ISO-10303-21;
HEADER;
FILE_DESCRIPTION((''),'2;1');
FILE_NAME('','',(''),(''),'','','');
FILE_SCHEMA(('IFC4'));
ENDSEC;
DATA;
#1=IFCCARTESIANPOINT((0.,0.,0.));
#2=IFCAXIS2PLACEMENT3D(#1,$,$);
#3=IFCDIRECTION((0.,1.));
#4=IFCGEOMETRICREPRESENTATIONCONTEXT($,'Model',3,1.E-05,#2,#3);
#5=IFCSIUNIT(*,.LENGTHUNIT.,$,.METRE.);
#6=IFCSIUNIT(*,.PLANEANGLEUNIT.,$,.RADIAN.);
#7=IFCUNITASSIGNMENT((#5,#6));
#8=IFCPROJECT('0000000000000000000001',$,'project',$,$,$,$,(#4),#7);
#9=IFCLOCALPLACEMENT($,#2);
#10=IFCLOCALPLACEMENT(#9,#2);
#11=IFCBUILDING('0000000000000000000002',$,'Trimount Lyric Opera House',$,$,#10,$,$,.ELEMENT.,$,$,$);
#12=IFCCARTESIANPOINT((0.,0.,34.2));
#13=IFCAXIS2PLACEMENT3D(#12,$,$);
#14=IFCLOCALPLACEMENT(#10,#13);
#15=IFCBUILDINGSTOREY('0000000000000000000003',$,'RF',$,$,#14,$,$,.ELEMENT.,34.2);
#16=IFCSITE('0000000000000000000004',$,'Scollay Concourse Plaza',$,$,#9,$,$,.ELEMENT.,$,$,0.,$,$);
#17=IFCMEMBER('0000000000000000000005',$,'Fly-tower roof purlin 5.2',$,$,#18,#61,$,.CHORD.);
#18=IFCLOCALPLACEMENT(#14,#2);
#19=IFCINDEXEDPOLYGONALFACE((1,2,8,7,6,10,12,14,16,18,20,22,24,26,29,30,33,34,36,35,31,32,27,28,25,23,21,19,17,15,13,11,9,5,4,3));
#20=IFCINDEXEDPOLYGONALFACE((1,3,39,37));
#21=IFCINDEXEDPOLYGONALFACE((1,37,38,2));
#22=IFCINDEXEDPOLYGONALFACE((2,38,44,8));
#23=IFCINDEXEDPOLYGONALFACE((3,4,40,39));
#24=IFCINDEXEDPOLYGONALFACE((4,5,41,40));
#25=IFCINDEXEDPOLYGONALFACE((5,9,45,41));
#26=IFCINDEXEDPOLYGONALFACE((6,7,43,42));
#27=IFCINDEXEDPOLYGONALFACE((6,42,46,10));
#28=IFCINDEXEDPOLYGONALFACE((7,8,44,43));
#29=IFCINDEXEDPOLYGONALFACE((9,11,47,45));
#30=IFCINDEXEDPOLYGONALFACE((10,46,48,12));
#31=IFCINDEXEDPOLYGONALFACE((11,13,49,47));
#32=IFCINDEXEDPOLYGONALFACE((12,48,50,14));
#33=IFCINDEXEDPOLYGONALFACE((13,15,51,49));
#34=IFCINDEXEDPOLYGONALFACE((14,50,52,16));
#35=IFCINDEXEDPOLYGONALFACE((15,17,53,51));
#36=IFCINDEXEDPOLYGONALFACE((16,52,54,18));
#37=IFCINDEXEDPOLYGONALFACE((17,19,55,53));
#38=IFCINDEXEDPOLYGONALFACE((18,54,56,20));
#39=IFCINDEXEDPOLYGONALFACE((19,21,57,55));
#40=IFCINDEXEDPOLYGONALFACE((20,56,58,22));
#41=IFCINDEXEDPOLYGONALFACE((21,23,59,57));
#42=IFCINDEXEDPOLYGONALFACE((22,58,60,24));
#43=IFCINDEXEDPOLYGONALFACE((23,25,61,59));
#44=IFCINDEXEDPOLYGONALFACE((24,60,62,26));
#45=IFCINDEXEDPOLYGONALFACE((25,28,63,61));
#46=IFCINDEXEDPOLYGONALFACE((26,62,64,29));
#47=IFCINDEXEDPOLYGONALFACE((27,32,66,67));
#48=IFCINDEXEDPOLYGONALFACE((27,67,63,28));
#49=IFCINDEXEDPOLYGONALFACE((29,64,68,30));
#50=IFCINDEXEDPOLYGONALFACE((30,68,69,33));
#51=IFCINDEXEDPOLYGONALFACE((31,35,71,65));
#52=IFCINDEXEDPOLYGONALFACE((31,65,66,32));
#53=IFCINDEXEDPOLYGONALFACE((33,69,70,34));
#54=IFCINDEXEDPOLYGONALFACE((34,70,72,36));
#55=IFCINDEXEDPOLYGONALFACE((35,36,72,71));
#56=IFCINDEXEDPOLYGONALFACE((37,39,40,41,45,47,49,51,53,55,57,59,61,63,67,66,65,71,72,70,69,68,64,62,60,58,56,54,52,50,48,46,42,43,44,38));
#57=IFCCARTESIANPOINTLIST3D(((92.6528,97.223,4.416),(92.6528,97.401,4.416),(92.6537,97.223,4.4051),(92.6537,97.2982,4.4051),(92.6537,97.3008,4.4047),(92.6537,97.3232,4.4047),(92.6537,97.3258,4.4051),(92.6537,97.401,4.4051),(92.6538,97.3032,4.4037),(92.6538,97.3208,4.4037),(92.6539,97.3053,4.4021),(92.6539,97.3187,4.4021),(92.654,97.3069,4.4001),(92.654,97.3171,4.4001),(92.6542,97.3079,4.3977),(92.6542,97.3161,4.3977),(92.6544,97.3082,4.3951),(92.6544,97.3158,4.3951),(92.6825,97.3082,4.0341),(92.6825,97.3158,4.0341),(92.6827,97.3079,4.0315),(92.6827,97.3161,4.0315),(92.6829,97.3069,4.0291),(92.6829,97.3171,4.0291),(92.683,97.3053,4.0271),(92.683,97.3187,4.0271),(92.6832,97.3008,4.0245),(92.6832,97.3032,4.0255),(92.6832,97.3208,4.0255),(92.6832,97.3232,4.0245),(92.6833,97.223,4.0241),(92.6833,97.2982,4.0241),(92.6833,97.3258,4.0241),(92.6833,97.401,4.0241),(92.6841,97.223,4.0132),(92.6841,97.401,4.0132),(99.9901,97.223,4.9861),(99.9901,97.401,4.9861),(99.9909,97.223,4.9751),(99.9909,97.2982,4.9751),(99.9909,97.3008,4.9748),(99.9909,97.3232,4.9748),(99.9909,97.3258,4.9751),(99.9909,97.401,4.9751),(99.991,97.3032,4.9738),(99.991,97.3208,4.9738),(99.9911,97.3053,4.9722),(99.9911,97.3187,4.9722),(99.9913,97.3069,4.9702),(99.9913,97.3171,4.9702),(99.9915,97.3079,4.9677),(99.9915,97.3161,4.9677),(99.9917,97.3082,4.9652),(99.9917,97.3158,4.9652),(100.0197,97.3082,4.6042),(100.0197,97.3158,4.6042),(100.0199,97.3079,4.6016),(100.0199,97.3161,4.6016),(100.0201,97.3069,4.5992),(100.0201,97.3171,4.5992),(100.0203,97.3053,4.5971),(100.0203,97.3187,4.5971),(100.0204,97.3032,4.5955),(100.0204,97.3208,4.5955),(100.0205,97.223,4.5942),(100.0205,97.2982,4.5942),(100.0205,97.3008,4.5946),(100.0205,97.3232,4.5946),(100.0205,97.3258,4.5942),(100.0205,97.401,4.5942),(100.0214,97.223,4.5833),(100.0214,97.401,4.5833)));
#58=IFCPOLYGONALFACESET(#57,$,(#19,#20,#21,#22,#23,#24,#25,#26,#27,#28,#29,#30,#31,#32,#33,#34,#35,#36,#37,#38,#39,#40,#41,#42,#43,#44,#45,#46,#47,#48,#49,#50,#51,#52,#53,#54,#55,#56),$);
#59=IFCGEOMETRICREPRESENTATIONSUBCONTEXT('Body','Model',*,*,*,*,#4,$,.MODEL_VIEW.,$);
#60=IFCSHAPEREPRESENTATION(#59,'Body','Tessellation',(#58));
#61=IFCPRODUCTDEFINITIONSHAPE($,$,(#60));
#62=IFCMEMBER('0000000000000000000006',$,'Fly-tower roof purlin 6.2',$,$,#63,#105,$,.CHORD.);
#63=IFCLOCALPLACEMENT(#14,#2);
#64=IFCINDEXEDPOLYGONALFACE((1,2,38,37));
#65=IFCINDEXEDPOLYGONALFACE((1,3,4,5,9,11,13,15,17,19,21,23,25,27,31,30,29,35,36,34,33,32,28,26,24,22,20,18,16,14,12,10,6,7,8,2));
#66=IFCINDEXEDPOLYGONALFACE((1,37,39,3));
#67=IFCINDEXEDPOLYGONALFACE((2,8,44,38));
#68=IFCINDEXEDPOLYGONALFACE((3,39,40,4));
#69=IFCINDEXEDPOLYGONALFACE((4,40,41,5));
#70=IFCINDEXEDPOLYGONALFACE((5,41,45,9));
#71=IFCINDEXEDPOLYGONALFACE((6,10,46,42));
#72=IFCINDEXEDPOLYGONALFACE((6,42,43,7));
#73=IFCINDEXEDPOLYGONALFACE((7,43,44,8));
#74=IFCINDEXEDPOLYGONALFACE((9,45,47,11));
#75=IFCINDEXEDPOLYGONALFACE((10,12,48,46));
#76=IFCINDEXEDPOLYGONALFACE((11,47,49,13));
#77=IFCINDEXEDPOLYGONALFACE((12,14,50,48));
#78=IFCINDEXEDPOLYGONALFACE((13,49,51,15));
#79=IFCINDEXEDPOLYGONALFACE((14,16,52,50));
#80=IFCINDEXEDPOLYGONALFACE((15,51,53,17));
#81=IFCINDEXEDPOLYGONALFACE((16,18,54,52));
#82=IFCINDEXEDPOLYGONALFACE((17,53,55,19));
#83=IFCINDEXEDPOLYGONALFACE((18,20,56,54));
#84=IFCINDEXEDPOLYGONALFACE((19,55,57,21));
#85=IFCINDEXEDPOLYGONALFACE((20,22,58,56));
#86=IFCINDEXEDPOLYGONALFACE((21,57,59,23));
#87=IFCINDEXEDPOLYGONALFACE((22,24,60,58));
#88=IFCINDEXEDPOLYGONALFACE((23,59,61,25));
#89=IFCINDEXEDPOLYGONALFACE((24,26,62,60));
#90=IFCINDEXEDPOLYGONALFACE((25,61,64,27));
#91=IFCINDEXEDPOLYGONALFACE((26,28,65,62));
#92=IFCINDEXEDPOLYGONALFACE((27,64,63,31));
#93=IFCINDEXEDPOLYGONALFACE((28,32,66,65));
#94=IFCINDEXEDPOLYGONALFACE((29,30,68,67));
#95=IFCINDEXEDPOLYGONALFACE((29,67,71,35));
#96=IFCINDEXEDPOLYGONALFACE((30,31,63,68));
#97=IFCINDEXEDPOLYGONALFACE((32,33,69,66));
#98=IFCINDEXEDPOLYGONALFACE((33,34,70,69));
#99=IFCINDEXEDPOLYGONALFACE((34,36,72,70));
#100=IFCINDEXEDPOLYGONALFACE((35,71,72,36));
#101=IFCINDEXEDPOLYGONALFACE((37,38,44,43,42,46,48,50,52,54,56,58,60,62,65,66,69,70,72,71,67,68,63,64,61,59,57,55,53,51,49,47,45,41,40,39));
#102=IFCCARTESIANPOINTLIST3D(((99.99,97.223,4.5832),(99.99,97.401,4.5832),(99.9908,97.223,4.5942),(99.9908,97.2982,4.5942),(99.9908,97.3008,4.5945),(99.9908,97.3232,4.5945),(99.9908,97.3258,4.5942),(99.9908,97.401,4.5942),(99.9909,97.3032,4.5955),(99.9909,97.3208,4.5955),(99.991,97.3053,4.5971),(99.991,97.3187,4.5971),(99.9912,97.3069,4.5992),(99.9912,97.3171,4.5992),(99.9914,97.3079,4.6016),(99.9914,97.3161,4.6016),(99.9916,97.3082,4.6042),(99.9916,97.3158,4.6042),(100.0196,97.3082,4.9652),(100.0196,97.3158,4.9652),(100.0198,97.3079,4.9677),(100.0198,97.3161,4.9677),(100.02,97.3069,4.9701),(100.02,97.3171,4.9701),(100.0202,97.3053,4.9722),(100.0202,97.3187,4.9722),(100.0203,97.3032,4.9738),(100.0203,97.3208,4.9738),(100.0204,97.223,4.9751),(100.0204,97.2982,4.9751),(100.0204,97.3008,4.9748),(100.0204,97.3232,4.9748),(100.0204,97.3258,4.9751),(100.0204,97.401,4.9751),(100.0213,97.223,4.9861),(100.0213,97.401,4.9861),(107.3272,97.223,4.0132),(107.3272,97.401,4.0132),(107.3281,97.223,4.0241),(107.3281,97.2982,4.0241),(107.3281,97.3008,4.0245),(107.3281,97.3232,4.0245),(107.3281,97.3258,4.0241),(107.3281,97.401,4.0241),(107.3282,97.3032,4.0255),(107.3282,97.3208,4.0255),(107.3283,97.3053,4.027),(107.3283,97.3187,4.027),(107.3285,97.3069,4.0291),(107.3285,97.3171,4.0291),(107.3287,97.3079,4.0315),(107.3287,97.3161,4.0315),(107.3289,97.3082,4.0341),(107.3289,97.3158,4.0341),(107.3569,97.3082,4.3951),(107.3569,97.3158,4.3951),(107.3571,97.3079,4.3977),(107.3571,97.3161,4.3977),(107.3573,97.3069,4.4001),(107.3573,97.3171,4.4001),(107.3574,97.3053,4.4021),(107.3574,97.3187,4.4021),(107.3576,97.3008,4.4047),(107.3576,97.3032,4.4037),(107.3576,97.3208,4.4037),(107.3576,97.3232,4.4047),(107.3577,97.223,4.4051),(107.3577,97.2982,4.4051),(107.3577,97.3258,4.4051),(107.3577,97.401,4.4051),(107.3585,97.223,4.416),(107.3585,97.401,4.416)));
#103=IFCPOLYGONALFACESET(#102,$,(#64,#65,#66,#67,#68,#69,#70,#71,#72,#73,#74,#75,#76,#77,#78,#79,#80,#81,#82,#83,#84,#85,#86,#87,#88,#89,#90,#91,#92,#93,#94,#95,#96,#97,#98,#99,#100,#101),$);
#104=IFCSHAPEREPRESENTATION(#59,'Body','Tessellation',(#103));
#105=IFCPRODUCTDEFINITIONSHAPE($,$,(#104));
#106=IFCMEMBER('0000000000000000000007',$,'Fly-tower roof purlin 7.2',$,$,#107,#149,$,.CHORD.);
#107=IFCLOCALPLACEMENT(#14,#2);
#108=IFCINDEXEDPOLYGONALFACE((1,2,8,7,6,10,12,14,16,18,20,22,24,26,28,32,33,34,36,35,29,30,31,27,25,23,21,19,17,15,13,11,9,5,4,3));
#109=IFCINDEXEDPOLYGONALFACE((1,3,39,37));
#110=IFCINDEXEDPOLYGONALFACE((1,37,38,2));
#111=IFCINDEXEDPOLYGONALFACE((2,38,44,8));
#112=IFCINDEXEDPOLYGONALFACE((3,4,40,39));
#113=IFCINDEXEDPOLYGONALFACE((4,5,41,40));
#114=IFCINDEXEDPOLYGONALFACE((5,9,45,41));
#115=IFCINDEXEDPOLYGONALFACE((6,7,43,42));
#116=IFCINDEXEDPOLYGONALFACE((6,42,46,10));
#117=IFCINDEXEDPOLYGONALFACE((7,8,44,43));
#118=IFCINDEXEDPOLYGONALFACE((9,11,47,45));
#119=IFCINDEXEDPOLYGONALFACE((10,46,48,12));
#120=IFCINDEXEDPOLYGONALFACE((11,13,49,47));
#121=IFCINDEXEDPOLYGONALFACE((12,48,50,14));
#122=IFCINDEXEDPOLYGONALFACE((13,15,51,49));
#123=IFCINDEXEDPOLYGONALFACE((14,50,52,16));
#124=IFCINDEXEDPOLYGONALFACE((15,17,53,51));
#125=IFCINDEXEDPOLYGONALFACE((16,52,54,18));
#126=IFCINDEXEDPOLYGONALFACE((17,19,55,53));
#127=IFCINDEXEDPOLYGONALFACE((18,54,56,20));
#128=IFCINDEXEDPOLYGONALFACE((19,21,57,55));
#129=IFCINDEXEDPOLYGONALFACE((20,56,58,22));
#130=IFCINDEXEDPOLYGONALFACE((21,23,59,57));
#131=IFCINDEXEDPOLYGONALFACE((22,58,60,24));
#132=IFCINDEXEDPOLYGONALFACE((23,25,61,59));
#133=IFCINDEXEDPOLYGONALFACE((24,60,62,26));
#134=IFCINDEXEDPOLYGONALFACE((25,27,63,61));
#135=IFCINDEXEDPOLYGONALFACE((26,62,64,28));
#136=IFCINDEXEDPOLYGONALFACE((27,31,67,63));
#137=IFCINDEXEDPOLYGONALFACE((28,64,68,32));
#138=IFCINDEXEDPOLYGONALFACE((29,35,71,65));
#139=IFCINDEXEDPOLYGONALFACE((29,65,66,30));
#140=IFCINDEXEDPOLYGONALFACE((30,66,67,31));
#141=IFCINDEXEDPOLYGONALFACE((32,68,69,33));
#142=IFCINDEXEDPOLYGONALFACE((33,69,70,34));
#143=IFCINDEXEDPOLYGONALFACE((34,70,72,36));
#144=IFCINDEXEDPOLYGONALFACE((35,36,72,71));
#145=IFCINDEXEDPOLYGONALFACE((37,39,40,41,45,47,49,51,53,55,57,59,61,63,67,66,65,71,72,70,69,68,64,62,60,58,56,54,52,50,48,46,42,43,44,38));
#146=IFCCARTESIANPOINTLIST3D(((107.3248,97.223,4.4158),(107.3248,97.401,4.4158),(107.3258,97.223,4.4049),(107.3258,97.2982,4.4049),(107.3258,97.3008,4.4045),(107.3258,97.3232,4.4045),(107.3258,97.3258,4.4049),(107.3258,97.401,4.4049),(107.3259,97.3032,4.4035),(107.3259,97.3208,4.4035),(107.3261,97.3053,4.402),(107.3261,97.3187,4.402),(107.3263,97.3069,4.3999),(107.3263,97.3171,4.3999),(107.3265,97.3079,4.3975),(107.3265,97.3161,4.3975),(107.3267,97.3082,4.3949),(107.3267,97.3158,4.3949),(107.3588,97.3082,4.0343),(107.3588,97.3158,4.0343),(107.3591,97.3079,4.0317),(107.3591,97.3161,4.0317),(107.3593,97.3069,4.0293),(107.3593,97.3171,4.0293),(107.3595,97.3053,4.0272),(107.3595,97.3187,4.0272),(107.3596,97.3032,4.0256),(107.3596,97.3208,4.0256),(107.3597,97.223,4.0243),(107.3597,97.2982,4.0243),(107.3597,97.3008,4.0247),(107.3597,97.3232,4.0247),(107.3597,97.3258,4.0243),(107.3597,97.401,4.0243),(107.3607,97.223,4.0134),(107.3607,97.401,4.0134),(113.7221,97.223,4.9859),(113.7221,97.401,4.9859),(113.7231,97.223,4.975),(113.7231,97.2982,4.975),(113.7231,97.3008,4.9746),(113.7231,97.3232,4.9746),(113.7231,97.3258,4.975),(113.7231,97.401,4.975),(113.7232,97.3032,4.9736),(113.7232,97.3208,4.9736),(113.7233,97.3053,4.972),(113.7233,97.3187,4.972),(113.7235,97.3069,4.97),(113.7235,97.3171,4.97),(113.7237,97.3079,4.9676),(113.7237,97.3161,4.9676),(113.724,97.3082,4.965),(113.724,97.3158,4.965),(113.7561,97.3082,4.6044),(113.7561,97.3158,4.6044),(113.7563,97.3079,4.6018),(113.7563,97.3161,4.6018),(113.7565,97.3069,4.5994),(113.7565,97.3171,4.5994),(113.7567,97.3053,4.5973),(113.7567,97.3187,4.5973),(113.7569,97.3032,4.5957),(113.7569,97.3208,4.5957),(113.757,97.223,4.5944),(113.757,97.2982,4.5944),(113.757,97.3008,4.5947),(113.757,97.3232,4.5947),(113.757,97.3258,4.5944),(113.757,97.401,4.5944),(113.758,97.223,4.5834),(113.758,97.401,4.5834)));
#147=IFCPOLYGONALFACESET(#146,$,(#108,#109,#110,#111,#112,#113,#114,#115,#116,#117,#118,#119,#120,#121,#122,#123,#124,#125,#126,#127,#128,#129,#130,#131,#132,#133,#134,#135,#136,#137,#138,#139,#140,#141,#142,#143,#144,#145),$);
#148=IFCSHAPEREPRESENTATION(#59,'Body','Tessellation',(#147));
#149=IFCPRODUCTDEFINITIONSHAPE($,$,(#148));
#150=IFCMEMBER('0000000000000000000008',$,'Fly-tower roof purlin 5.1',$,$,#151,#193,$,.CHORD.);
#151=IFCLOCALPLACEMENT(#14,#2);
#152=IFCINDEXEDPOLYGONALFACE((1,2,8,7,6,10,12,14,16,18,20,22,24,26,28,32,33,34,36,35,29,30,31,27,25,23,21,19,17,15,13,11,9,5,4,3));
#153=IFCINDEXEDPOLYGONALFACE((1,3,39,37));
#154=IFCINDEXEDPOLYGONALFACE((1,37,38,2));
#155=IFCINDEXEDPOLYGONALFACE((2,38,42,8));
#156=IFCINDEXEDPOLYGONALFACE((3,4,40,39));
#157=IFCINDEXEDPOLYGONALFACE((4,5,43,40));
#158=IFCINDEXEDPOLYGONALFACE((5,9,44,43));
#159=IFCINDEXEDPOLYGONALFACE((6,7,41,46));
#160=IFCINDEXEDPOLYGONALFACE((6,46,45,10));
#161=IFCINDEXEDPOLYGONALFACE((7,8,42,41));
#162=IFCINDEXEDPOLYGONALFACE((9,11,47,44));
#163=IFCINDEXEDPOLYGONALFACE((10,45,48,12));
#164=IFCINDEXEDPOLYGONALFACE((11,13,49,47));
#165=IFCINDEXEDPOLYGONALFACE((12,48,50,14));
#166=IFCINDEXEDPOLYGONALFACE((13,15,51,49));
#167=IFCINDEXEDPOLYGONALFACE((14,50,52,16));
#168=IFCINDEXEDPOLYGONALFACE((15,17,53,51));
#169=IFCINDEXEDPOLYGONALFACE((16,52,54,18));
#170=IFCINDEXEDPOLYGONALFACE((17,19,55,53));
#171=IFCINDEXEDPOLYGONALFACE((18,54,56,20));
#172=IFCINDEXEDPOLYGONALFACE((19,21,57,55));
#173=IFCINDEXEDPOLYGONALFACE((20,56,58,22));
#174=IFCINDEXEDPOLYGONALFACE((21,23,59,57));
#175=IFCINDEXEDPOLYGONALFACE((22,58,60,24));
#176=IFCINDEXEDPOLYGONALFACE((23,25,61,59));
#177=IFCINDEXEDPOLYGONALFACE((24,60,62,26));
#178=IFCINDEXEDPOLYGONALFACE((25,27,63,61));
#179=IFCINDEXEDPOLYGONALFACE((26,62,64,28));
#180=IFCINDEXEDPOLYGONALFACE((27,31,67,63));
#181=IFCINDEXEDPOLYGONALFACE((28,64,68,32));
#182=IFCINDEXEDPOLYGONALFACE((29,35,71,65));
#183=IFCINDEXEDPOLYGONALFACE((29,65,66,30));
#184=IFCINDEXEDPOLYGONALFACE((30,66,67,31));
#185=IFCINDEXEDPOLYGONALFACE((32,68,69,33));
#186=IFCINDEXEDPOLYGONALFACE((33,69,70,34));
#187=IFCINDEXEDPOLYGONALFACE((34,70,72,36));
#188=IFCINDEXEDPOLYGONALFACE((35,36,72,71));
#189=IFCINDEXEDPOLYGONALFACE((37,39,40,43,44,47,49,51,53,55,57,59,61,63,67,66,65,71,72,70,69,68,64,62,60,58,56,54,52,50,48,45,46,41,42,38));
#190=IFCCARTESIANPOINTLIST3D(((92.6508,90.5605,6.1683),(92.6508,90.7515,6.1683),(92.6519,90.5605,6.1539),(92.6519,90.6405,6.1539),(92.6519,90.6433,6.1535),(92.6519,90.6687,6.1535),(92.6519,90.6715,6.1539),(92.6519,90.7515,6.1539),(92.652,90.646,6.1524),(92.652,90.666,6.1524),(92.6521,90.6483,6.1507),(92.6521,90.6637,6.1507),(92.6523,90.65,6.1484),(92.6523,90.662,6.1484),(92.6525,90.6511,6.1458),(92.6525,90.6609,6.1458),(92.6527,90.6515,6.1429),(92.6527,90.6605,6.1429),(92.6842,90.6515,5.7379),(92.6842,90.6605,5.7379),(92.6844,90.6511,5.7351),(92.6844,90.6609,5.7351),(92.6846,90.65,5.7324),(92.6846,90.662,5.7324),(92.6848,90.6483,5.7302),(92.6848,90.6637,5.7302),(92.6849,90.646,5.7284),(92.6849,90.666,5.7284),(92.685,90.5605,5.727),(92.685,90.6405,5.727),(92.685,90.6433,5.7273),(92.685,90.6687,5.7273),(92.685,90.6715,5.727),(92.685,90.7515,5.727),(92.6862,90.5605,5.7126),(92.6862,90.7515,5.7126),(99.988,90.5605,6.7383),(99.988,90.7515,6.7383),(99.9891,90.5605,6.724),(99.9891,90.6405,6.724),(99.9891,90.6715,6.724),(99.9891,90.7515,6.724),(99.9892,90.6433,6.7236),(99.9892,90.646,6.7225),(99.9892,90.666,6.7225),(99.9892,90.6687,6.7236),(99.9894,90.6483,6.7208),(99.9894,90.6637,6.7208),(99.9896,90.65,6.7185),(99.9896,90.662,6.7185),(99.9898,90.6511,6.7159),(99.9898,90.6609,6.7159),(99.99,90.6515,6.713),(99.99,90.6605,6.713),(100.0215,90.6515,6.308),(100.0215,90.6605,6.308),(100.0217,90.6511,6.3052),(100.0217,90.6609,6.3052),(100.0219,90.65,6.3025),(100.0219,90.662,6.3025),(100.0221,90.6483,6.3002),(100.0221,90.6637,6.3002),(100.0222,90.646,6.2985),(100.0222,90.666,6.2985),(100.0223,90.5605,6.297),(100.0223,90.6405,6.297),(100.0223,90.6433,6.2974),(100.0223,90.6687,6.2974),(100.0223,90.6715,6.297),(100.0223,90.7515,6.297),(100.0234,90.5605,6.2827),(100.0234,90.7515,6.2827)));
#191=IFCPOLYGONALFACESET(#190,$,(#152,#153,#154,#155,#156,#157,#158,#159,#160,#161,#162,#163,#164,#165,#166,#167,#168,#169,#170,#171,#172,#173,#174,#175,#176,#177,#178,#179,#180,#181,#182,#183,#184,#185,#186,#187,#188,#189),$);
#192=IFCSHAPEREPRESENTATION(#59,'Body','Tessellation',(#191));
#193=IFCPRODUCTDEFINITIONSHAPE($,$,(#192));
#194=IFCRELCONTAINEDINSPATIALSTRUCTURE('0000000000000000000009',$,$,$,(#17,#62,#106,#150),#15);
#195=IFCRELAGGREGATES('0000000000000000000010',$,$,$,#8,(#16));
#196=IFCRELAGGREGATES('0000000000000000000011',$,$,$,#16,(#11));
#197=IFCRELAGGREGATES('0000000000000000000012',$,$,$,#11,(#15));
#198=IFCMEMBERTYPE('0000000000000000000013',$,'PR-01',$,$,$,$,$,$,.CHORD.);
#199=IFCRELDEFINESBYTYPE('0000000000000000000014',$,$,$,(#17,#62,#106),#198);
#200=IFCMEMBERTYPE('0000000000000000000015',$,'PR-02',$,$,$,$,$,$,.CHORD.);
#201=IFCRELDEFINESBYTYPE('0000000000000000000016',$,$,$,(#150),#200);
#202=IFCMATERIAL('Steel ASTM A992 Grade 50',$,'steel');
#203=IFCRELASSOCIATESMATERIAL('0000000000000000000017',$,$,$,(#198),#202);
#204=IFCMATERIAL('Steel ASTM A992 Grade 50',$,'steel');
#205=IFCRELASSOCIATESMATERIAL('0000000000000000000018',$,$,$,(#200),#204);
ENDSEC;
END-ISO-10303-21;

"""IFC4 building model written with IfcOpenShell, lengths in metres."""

from ifc_helpers import new_model, si_unit, direction, frame, origin, origin_2d, place, context, subcontext, project, spatial, i_section, extrude, material, material_profile, profile_set, type_object, element, save


model = new_model("IFC4")

# Units and contexts
model_context = context("Model", 3, precision=1e-05, world=origin(), true_north=direction((0.0, 1.0)))
body_context = subcontext(model_context, "Body", "Model", "MODEL_VIEW")
ifc_project = project(units=[si_unit("LENGTHUNIT", "METRE"), si_unit("PLANEANGLEUNIT", "RADIAN")], contexts=[model_context])

# Site, building, storey
site_placement = place(None, origin())
site = spatial("IfcSite", under=ifc_project, at=site_placement, Name="Scollay Concourse Plaza", CompositionType="ELEMENT", RefElevation=0.0)
building_placement = place(site_placement, origin())
building = spatial("IfcBuilding", under=site, at=building_placement, Name="Trimount Lyric Opera House", CompositionType="ELEMENT")
storey_placement = place(building_placement, frame((0.0, 0.0, 34.2)))
storey = spatial("IfcBuildingStorey", under=building, at=storey_placement, Name="RF", CompositionType="ELEMENT", Elevation=34.2)

# Members
ifc_material_1 = material(Name="Steel ASTM A992 Grade 50", Category="steel")
ifc_material_profile_1 = material_profile(ifc_material_1, i_section(OverallWidth=0.178, OverallDepth=0.4041, WebThickness=0.0076, FlangeThickness=0.011, FilletRadius=0.01, at=origin_2d()), Name="W16X36")
ifc_profile_set_1 = profile_set([ifc_material_profile_1], Name="Steel ASTM A992 Grade 50")
member_type_1 = type_object("IfcMemberType", Name="PR-01", PredefinedType="CHORD", material=ifc_profile_set_1)
for number, where, z_axis, x_axis, name in (
    (1, (92.6685, 97.312, 4.2146), (0.996995, 0.0, 0.077463), (0.0, 1.0, 0.0), "Fly-tower roof purlin 5.2"),
    (2, (100.0056, 97.312, 4.7847), (0.996995, 0.0, -0.077463), (0.0, 1.0, 0.0), "Fly-tower roof purlin 6.2"),
):
    element("IfcMember", number, at=place(storey_placement, frame(where, z_axis=z_axis, x_axis=x_axis)), inside=storey, type_object=member_type_1, Name=name, PredefinedType="CHORD", context=body_context, shape_type="SweptSolid", body=[
        extrude(i_section(OverallWidth=0.178, OverallDepth=0.4041, WebThickness=0.0076, FlangeThickness=0.011, FilletRadius=0.01, at=origin_2d()), origin(), (0.0, 0.0, 1.0), 7.3594),
    ])
member_1_placement = place(storey_placement, frame((107.3428, 97.312, 4.2146), z_axis=(0.996053, 0.0, 0.08876), x_axis=(0.0, 1.0, 0.0)))
element("IfcMember", 3, at=member_1_placement, inside=storey, type_object=member_type_1, Name="Fly-tower roof purlin 7.2", PredefinedType="CHORD", context=body_context, shape_type="SweptSolid", body=[
    extrude(i_section(OverallWidth=0.178, OverallDepth=0.4041, WebThickness=0.0076, FlangeThickness=0.011, FilletRadius=0.01, at=origin_2d()), origin(), (0.0, 0.0, 1.0), 6.4226),
])
ifc_material_2 = material(Name="Steel ASTM A992 Grade 50", Category="steel")
ifc_material_profile_2 = material_profile(ifc_material_2, i_section(OverallWidth=0.1909, OverallDepth=0.457, WebThickness=0.009, FlangeThickness=0.0144, FilletRadius=0.011, at=origin_2d()), Name="W18X50")
ifc_profile_set_2 = profile_set([ifc_material_profile_2], Name="Steel ASTM A992 Grade 50")
member_type_2 = type_object("IfcMemberType", Name="PR-02", PredefinedType="CHORD", material=ifc_profile_set_2)
for number, where, z_axis, x_axis, name in (
    (4, (92.6685, 90.656, 5.9404), (0.996995, 0.0, 0.077463), (0.0, 1.0, 0.0), "Fly-tower roof purlin 5.1"),
):
    element("IfcMember", number, at=place(storey_placement, frame(where, z_axis=z_axis, x_axis=x_axis)), inside=storey, type_object=member_type_2, Name=name, PredefinedType="CHORD", context=body_context, shape_type="SweptSolid", body=[
        extrude(i_section(OverallWidth=0.1909, OverallDepth=0.457, WebThickness=0.009, FlangeThickness=0.0144, FilletRadius=0.011, at=origin_2d()), origin(), (0.0, 0.0, 1.0), 7.3594),
    ])

save(model, "model.ifc")
